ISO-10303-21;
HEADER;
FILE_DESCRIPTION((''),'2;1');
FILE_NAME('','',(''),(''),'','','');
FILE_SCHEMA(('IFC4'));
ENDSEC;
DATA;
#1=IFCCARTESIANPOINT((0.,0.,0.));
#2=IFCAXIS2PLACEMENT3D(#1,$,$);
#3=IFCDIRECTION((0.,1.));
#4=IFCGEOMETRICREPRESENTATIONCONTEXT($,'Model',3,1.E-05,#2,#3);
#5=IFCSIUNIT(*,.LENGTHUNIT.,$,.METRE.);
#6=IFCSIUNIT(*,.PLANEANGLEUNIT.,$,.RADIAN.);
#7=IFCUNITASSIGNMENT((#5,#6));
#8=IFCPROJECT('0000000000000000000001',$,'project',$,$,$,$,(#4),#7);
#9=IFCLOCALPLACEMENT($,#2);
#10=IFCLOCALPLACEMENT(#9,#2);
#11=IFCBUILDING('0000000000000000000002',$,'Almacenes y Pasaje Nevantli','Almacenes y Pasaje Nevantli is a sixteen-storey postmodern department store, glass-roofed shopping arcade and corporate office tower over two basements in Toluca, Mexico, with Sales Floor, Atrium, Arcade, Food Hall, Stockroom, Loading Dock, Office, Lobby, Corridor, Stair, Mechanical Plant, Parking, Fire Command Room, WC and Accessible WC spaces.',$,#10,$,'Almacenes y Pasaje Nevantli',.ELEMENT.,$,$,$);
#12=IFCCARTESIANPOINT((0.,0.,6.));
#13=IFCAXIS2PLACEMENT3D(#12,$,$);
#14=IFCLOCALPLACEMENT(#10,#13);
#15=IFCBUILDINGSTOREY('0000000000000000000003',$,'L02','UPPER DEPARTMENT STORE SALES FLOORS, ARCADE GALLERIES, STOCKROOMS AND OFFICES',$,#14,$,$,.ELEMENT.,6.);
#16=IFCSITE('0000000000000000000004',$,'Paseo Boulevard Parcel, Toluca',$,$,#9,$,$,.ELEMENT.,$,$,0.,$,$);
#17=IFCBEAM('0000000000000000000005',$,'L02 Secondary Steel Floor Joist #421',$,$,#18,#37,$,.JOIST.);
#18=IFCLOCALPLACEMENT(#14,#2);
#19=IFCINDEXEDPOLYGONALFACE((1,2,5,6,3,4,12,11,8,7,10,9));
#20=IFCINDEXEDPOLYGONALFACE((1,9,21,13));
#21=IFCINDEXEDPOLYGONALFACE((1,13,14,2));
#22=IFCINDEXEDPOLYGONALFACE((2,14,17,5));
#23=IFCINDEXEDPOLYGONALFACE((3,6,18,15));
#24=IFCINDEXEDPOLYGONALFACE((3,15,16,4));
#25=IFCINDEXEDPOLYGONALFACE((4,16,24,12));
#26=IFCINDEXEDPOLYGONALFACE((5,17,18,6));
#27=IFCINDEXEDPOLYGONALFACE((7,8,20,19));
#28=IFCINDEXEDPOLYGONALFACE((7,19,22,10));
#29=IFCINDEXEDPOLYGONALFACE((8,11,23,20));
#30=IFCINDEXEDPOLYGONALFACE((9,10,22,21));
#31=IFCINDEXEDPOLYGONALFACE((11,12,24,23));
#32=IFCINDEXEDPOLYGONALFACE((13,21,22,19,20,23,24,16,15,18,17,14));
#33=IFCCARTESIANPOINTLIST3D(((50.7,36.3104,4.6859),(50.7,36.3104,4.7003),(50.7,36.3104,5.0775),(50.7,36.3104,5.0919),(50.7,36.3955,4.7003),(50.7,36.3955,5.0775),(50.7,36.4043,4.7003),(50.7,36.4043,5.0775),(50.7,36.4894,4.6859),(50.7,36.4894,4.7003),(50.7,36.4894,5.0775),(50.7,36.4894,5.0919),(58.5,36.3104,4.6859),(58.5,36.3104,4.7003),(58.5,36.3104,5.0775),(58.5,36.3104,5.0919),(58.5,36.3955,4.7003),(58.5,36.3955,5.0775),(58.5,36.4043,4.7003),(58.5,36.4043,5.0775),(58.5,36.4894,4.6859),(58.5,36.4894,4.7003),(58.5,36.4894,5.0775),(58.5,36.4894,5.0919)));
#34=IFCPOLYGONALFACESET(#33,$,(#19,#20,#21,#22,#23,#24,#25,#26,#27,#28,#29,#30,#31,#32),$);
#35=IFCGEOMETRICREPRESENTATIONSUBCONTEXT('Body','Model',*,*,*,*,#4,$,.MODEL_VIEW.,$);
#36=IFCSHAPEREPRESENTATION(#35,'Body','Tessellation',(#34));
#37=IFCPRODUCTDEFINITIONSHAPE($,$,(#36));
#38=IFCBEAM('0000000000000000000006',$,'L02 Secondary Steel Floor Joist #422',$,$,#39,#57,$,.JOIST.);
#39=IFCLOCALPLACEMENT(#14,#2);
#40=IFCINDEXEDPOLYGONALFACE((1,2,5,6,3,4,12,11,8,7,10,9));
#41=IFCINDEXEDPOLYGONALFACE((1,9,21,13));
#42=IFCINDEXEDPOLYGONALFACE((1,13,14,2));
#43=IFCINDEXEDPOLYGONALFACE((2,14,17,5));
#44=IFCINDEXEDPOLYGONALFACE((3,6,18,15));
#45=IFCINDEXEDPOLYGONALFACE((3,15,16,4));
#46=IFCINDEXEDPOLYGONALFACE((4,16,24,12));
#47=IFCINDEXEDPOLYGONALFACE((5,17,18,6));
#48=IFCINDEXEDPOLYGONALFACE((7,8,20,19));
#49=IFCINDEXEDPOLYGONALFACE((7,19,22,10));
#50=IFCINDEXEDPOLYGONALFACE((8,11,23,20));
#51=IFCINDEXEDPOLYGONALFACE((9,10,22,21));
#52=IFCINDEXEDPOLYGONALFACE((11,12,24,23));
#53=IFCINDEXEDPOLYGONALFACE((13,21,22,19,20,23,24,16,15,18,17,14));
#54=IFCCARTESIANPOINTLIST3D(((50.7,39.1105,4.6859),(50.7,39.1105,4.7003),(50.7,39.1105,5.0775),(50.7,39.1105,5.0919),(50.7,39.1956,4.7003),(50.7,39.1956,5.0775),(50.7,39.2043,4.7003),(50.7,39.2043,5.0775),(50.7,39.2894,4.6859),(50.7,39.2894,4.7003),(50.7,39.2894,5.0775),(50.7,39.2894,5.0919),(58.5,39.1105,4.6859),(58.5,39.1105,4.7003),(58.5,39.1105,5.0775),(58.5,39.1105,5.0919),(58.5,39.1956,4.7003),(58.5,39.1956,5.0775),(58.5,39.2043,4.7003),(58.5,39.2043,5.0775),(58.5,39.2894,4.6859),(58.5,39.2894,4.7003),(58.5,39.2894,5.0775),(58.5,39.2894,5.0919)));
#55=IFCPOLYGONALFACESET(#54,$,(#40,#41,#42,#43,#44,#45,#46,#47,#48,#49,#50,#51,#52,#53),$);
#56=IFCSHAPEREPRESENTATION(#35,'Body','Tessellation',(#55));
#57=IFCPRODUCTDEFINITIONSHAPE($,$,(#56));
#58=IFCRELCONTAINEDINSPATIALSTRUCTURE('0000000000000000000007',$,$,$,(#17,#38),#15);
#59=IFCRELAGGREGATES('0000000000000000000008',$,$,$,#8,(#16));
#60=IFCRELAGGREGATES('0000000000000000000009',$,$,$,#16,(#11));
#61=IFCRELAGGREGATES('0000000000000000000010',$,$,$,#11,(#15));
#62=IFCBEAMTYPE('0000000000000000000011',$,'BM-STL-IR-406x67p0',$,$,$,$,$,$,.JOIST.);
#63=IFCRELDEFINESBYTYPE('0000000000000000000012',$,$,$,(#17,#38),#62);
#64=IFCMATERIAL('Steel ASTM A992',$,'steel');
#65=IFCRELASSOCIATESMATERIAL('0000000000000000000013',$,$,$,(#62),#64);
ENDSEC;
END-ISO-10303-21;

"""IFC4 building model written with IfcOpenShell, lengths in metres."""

from ifc_helpers import new_model, si_unit, direction, frame, origin, origin_2d, place, context, subcontext, project, spatial, i_section, extrude, material, material_profile, profile_set, type_object, element, save


model = new_model("IFC4")

# Units and contexts
model_context = context("Model", 3, precision=1e-05, world=origin(), true_north=direction((0.0, 1.0)))
body_context = subcontext(model_context, "Body", "Model", "MODEL_VIEW")
ifc_project = project(units=[si_unit("LENGTHUNIT", "METRE"), si_unit("PLANEANGLEUNIT", "RADIAN")], contexts=[model_context])

# Site, building, storey
site_placement = place(None, origin())
site = spatial("IfcSite", under=ifc_project, at=site_placement, Name="Paseo Boulevard Parcel, Toluca", CompositionType="ELEMENT", RefElevation=0.0)
building_placement = place(site_placement, origin())
building = spatial("IfcBuilding", under=site, at=building_placement, Name="Almacenes y Pasaje Nevantli", Description="Almacenes y Pasaje Nevantli is a sixteen-storey postmodern department store, glass-roofed shopping arcade and corporate office tower over two basements in Toluca, Mexico, with Sales Floor, Atrium, Arcade, Food Hall, Stockroom, Loading Dock, Office, Lobby, Corridor, Stair, Mechanical Plant, Parking, Fire Command Room, WC and Accessible WC spaces.", LongName="Almacenes y Pasaje Nevantli", CompositionType="ELEMENT")
storey_placement = place(building_placement, frame((0.0, 0.0, 6.0)))
storey = spatial("IfcBuildingStorey", under=building, at=storey_placement, Name="L02", Description="UPPER DEPARTMENT STORE SALES FLOORS, ARCADE GALLERIES, STOCKROOMS AND OFFICES", CompositionType="ELEMENT", Elevation=6.0)

# Beams
ifc_material_1 = material(Name="Steel ASTM A992", Category="steel")
ifc_material_profile_1 = material_profile(ifc_material_1, i_section(OverallWidth=0.179, OverallDepth=0.406, WebThickness=0.0088, FlangeThickness=0.0144, at=origin_2d()), Name="IR 406x67.0")
ifc_profile_set_1 = profile_set([ifc_material_profile_1], Name="Steel ASTM A992")
beam_type_1 = type_object("IfcBeamType", Name="BM-STL-IR-406x67p0", PredefinedType="JOIST", material=ifc_profile_set_1)
for number, where, z_axis, x_axis, name in (
    (1, (50.7, 36.3999, 4.8889), (1.0, 0.0, 0.0), (0.0, 1.0, 0.0), "L02 Secondary Steel Floor Joist #421"),
    (2, (50.7, 39.2, 4.8889), (1.0, 0.0, 0.0), (0.0, 1.0, 0.0), "L02 Secondary Steel Floor Joist #422"),
):
    element("IfcBeam", number, at=place(storey_placement, frame(where, z_axis=z_axis, x_axis=x_axis)), inside=storey, type_object=beam_type_1, Name=name, PredefinedType="JOIST", context=body_context, shape_type="SweptSolid", body=[
        extrude(i_section(OverallWidth=0.179, OverallDepth=0.406, WebThickness=0.0088, FlangeThickness=0.0144, at=origin_2d()), origin(), (0.0, 0.0, 1.0), 7.8),
    ])

save(model, "model.ifc")
